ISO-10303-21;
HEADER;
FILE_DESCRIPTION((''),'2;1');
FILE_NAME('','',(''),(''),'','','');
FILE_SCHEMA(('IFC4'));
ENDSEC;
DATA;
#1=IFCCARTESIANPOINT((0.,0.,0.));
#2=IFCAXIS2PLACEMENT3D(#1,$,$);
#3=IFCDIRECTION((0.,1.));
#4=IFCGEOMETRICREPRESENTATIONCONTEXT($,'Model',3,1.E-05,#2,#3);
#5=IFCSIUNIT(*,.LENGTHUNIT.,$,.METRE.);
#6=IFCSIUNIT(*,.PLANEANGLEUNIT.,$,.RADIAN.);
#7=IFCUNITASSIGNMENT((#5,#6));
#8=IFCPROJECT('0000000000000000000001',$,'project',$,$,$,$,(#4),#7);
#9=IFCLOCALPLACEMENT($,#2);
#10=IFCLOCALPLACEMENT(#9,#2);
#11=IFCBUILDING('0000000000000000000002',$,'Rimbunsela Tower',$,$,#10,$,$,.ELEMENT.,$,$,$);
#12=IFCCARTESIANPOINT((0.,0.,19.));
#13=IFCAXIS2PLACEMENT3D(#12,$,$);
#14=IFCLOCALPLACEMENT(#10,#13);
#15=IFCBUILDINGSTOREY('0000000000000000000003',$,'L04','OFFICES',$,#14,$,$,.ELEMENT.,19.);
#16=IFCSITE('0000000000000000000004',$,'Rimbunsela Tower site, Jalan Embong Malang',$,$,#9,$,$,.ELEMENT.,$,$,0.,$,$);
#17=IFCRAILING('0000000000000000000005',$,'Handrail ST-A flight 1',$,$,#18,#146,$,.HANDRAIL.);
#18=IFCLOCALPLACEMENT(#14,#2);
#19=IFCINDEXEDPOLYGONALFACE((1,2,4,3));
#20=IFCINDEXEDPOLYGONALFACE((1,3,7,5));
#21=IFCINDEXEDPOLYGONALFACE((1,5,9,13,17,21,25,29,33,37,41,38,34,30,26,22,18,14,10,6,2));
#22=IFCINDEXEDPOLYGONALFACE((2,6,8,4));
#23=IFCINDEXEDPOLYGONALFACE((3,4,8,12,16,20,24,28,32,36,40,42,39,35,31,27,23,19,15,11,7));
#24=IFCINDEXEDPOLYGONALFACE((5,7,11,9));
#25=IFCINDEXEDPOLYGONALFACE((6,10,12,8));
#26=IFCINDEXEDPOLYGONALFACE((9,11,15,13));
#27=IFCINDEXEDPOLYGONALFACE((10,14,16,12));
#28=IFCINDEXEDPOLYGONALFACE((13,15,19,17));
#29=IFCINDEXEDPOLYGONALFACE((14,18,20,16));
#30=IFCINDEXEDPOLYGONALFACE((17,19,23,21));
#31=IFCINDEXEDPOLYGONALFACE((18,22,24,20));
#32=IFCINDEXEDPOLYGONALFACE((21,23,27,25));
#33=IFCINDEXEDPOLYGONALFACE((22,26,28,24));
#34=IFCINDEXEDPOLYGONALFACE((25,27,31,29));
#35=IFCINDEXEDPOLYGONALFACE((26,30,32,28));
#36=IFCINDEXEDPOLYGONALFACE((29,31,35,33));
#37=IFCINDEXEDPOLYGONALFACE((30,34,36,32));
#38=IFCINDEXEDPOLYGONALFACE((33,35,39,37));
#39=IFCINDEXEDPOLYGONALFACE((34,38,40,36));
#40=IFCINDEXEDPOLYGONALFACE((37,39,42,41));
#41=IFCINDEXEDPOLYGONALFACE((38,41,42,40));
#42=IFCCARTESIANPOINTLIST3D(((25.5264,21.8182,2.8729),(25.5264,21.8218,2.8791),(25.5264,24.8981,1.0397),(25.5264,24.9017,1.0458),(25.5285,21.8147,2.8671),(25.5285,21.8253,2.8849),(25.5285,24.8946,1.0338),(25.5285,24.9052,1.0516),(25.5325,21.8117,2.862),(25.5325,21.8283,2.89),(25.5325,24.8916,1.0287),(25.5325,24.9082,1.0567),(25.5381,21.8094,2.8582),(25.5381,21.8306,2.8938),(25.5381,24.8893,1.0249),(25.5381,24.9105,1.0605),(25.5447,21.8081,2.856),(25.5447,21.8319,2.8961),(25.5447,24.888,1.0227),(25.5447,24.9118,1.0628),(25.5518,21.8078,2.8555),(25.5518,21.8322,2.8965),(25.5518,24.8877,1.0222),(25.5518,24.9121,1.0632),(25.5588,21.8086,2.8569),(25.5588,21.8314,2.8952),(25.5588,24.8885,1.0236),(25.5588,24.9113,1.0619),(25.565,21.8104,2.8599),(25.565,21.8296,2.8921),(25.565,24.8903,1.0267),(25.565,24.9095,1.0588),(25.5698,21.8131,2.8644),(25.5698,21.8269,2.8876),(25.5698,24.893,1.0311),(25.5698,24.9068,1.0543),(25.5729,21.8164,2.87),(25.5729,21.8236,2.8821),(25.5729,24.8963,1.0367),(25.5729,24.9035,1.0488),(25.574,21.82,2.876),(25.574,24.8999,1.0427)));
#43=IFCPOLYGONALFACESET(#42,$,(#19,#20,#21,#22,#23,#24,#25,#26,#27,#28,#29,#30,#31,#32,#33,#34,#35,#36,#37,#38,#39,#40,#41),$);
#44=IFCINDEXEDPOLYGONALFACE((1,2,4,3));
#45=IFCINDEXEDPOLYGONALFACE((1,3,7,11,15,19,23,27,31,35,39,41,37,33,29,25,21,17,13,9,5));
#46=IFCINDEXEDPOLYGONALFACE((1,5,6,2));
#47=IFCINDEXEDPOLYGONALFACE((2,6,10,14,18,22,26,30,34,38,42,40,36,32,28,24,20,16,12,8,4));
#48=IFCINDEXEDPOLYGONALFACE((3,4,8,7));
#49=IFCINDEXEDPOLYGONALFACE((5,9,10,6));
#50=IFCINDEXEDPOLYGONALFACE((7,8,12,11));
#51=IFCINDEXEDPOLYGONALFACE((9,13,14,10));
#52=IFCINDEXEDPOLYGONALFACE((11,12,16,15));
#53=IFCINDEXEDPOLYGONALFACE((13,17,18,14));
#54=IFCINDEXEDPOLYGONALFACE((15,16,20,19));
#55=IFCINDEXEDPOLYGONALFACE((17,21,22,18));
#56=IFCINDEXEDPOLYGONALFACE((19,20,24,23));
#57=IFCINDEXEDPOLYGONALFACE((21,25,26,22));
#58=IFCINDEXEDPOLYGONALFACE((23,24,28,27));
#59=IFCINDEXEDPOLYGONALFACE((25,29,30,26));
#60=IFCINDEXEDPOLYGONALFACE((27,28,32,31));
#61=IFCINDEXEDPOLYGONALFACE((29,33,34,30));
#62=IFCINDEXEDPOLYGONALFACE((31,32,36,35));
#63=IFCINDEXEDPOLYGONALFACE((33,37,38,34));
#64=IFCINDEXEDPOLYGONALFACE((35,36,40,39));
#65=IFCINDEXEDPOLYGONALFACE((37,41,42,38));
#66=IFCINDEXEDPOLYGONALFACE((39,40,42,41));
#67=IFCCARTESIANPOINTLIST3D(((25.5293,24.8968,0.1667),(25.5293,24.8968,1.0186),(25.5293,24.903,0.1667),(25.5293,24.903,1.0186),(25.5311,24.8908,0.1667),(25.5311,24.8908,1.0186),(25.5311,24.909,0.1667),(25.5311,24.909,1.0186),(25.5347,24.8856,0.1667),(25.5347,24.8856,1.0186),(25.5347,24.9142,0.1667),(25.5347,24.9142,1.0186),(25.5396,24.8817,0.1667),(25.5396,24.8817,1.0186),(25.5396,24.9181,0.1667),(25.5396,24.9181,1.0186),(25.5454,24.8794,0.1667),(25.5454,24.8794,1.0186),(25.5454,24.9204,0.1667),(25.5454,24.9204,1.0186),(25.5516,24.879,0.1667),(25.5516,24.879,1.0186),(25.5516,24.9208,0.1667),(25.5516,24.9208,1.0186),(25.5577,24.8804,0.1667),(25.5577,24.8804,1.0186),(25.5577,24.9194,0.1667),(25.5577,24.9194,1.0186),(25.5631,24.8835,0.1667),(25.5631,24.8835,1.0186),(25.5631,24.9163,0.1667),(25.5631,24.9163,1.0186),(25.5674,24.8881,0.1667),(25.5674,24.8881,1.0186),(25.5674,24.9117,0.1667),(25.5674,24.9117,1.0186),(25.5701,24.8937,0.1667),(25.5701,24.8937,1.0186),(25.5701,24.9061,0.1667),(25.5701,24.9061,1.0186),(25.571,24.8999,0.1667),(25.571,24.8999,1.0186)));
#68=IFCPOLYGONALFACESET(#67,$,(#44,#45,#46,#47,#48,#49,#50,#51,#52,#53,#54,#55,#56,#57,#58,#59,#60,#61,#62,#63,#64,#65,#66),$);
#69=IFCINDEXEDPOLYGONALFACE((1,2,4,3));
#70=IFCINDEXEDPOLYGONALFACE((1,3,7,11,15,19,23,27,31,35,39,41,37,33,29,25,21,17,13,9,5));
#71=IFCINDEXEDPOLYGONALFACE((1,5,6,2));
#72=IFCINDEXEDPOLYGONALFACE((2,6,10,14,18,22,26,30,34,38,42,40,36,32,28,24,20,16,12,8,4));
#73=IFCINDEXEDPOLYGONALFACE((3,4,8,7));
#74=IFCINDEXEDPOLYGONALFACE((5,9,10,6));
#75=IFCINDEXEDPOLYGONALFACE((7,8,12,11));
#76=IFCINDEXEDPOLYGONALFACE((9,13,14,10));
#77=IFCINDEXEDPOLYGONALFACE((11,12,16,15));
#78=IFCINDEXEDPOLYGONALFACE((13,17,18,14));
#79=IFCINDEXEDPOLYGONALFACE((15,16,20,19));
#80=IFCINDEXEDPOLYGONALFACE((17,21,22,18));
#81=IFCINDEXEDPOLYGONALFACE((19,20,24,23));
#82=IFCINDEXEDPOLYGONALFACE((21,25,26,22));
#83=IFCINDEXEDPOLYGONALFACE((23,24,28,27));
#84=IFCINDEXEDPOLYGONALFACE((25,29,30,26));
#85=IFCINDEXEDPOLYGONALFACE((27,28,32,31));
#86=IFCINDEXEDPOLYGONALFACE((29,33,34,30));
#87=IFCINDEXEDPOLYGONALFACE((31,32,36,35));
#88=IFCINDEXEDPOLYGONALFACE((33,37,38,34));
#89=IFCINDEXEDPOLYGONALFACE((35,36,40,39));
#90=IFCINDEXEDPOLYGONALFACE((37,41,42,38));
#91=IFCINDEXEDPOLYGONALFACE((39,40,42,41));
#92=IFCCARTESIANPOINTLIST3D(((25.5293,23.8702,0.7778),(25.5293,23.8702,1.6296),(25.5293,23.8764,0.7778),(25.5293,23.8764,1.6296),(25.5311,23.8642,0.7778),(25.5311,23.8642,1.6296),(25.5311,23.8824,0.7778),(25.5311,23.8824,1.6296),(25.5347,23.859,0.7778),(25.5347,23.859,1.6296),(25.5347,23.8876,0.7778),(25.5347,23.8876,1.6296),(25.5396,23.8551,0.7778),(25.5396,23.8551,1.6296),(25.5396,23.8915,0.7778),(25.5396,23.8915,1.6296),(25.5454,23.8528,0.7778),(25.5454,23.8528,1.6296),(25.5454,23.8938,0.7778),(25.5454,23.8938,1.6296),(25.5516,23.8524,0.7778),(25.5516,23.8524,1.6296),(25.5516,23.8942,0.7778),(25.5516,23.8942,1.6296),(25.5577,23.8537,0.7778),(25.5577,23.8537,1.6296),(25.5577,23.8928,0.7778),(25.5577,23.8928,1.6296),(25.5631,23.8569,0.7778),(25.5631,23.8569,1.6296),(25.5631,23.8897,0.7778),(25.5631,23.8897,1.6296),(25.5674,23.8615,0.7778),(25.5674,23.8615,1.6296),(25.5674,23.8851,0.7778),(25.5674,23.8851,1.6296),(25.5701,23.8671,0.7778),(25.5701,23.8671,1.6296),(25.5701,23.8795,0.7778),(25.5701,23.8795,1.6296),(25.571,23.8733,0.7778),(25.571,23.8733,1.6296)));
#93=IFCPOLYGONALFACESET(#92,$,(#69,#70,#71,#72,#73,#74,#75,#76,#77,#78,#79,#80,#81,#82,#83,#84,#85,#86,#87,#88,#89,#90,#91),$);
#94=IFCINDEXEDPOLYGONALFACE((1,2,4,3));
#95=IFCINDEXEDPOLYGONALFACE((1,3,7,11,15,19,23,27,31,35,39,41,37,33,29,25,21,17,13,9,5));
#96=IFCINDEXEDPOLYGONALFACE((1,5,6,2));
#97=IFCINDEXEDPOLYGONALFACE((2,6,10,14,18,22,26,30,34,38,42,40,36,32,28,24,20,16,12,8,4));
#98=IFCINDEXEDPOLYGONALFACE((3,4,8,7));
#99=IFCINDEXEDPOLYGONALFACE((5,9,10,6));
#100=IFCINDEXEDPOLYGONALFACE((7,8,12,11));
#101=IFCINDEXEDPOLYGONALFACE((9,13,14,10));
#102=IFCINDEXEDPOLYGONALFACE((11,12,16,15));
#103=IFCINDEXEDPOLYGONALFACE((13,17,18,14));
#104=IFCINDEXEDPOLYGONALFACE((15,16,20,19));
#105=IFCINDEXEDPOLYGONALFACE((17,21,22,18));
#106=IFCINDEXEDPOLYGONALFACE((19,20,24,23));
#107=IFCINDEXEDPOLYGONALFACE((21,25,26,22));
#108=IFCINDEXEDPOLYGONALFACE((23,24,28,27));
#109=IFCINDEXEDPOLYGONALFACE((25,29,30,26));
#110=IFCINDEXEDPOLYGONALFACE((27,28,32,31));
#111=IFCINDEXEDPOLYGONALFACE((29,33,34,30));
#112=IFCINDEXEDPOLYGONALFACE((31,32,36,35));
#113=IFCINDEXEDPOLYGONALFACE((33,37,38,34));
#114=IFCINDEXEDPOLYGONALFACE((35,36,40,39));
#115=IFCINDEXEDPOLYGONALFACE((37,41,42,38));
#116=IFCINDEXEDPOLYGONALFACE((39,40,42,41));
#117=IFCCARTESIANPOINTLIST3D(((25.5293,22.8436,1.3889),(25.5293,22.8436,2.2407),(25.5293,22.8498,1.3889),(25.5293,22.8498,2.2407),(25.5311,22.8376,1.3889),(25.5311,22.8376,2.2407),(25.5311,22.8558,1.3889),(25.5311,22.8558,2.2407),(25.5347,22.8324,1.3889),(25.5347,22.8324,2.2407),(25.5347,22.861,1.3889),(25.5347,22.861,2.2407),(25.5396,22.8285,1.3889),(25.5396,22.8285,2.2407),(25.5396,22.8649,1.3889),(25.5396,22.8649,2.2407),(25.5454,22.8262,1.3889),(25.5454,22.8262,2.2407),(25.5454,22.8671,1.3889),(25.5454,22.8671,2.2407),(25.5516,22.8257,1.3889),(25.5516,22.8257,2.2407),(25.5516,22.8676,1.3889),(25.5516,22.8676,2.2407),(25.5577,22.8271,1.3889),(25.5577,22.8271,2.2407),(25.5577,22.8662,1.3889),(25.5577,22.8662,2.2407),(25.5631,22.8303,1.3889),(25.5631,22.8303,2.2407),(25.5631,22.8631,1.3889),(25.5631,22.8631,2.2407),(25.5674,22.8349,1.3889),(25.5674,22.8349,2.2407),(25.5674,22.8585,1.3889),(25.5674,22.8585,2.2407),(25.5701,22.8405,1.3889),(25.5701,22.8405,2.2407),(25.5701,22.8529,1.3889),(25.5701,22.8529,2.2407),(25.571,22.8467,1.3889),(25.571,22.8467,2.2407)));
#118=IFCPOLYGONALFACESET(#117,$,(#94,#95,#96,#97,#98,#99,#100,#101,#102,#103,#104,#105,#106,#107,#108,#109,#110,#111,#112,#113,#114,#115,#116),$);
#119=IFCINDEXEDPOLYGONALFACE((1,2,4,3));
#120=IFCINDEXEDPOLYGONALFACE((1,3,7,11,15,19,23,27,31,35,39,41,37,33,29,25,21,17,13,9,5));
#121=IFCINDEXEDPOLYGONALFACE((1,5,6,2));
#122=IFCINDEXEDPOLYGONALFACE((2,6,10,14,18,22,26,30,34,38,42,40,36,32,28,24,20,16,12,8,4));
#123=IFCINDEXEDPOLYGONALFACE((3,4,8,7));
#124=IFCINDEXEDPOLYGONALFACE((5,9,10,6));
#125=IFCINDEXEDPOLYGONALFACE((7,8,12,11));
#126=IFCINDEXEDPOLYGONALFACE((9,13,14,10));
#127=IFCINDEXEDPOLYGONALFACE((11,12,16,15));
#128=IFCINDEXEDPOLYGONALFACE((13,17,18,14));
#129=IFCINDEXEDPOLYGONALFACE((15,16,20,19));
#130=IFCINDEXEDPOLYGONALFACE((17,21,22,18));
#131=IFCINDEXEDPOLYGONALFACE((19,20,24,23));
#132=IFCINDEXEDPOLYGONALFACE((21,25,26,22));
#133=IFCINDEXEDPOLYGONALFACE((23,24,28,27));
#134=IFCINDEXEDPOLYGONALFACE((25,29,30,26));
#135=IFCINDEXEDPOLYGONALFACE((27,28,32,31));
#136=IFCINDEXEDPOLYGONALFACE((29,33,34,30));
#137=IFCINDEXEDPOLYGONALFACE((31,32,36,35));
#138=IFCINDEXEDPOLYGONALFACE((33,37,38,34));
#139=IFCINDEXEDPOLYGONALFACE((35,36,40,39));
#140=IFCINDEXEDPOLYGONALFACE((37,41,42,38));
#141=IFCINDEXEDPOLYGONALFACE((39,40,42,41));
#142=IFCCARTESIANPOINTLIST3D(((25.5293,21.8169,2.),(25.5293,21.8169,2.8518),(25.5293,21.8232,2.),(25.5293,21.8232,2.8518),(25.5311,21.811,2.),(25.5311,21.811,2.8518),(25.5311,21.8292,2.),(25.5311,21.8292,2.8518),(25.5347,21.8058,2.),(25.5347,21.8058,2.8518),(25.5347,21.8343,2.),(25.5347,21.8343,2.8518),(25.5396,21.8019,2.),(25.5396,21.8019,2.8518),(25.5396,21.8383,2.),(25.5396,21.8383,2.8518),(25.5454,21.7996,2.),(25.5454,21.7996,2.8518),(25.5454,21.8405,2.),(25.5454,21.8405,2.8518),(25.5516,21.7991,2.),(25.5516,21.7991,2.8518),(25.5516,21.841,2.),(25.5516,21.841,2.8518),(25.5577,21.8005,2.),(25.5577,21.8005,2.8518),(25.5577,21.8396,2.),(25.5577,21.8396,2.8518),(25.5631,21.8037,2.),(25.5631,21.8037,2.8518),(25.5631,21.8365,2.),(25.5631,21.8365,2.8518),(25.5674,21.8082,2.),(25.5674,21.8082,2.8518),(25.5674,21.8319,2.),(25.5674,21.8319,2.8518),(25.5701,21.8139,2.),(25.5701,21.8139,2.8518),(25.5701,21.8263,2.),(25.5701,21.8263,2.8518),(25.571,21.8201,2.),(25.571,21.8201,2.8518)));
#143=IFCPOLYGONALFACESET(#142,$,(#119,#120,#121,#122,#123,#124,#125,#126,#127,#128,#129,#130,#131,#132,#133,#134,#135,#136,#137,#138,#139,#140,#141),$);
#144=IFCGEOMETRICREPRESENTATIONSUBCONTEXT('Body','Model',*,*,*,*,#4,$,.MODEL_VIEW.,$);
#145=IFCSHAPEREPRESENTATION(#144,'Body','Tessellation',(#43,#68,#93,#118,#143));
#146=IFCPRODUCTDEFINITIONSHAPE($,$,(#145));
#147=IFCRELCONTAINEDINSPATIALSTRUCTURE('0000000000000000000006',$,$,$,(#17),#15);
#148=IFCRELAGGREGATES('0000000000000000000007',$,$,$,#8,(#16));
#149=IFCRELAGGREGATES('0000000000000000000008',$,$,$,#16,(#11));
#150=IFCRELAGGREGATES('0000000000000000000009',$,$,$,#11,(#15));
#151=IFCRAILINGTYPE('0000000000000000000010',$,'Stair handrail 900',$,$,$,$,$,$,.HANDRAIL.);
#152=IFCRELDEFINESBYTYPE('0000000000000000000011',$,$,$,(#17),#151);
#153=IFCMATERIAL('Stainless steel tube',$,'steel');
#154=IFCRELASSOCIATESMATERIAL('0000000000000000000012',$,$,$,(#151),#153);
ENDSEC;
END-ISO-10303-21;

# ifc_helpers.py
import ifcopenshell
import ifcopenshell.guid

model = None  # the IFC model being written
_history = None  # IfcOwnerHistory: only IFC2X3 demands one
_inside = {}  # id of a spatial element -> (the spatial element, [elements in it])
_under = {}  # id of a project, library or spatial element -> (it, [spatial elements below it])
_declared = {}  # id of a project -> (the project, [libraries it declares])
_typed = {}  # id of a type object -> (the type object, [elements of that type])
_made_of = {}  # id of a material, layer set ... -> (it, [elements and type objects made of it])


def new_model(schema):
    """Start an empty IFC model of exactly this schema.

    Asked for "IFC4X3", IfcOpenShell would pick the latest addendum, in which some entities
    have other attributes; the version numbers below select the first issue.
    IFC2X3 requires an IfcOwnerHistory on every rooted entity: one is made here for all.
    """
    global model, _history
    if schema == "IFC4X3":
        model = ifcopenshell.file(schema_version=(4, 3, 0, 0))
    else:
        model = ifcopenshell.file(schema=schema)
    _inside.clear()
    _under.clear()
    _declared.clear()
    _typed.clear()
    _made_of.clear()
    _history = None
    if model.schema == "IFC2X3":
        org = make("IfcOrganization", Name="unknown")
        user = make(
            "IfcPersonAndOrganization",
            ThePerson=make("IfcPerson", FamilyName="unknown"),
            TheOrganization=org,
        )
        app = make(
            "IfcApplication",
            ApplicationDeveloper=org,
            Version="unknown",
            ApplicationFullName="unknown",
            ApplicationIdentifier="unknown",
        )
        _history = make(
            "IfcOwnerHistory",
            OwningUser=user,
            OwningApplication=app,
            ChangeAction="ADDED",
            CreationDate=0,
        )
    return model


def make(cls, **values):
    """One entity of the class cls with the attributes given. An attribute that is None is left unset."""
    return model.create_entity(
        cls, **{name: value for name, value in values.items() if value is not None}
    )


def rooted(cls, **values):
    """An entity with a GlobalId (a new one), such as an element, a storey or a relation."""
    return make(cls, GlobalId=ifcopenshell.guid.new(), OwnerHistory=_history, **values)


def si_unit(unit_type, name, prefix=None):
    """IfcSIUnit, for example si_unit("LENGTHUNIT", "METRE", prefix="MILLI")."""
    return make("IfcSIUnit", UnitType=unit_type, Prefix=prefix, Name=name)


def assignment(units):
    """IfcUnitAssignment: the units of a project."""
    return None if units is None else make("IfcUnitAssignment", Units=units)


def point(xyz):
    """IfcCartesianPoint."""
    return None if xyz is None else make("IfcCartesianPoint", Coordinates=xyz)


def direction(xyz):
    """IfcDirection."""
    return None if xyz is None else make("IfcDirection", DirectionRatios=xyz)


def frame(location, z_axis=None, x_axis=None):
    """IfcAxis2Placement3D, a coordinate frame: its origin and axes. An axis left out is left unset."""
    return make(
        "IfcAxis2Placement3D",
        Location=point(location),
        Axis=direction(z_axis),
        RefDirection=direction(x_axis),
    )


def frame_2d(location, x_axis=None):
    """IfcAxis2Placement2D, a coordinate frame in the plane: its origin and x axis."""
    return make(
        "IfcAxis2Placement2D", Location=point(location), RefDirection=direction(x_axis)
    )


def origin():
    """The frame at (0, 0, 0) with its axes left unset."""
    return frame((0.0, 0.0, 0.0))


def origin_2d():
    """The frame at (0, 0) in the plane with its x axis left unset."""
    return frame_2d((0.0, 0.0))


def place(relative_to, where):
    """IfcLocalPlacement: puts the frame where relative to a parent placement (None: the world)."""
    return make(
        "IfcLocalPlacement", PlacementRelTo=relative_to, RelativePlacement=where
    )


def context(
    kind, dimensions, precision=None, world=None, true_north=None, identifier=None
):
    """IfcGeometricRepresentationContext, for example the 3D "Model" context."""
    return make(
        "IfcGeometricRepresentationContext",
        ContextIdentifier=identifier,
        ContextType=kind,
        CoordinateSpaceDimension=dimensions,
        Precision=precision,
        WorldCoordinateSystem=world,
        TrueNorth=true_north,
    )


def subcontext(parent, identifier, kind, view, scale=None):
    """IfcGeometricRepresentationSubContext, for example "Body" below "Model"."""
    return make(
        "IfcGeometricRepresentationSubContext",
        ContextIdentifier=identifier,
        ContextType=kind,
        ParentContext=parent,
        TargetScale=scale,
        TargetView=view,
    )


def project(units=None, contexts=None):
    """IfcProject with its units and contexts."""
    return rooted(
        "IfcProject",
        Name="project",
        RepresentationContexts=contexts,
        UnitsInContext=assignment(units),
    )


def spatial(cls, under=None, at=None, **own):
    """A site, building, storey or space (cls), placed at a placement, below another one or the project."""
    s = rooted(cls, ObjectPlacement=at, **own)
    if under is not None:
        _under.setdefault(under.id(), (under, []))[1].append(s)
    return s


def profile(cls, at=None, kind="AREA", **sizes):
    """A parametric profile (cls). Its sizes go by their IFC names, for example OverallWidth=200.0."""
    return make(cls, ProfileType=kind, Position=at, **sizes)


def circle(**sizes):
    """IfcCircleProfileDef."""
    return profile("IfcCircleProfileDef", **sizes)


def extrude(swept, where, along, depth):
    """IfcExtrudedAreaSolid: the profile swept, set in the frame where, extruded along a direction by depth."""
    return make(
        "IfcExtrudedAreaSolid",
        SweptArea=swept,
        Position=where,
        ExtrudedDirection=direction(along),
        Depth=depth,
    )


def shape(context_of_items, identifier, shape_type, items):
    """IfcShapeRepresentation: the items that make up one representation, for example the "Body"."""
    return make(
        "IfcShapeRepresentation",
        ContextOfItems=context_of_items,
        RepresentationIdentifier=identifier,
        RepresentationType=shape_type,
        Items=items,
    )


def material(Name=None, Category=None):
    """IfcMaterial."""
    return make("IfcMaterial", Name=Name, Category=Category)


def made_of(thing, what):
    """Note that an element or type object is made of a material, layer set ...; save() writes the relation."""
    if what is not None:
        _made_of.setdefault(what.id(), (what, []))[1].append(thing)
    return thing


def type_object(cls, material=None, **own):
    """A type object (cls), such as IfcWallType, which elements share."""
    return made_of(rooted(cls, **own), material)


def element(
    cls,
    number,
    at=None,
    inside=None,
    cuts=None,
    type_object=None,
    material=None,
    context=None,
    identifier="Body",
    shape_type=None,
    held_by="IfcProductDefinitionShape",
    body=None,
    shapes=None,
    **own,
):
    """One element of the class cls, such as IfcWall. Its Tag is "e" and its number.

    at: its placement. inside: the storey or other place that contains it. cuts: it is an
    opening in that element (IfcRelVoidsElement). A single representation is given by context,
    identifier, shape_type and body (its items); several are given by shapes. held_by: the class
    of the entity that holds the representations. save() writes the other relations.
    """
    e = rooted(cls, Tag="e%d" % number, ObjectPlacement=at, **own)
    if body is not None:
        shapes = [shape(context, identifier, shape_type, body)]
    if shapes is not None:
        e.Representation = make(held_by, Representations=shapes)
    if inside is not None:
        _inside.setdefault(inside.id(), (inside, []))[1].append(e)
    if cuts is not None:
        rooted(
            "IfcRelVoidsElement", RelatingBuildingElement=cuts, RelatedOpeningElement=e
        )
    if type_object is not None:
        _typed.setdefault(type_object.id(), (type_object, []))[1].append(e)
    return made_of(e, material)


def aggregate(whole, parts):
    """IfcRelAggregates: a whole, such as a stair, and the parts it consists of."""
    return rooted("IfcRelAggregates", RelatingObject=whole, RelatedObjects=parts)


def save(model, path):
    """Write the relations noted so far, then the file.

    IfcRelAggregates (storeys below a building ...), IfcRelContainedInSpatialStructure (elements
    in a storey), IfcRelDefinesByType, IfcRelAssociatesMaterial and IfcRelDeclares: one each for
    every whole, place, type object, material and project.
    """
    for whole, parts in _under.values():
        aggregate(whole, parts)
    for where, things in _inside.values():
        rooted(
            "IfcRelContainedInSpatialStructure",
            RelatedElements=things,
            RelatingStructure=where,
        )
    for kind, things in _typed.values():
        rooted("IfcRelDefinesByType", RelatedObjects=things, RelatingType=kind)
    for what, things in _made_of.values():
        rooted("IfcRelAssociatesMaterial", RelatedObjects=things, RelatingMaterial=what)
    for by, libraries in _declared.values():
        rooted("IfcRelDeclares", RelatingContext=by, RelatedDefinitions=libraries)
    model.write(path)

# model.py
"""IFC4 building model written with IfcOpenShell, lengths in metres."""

from ifc_helpers import new_model, si_unit, direction, frame, origin, origin_2d, place, context, subcontext, project, spatial, circle, extrude, material, type_object, element, save


model = new_model("IFC4")

# Units and contexts
model_context = context("Model", 3, precision=1e-05, world=origin(), true_north=direction((0.0, 1.0)))
body_context = subcontext(model_context, "Body", "Model", "MODEL_VIEW")
ifc_project = project(units=[si_unit("LENGTHUNIT", "METRE"), si_unit("PLANEANGLEUNIT", "RADIAN")], contexts=[model_context])

# Site, building, storey
site_placement = place(None, origin())
site = spatial("IfcSite", under=ifc_project, at=site_placement, Name="Rimbunsela Tower site, Jalan Embong Malang", CompositionType="ELEMENT", RefElevation=0.0)
building_placement = place(site_placement, origin())
building = spatial("IfcBuilding", under=site, at=building_placement, Name="Rimbunsela Tower", CompositionType="ELEMENT")
storey_placement = place(building_placement, frame((0.0, 0.0, 19.0)))
storey = spatial("IfcBuildingStorey", under=building, at=storey_placement, Name="L04", Description="OFFICES", CompositionType="ELEMENT", Elevation=19.0)

# Railing
ifc_material_1 = material(Name="Stainless steel tube", Category="steel")
railing_type = type_object("IfcRailingType", Name="Stair handrail 900", PredefinedType="HANDRAIL", material=ifc_material_1)
railing_1_placement = place(storey_placement, frame((25.55, 24.8999, 0.1667)))
element("IfcRailing", 1, at=railing_1_placement, inside=storey, type_object=railing_type, Name="Handrail ST-A flight 1", PredefinedType="HANDRAIL", context=body_context, shape_type="SweptSolid", body=[
    extrude(circle(Radius=0.0239, at=origin_2d()), frame((0.0, 0.0, 0.876), z_axis=(0.0, -0.859291, 0.511487), x_axis=(1.0, 0.0, 0.0)), (0.0, 0.0, 1.0), 3.5842),
    extrude(circle(Radius=0.021, at=origin_2d()), origin(), (0.0, 0.0, 1.0), 0.8518),
    extrude(circle(Radius=0.021, at=origin_2d()), frame((0.0, -1.0266, 0.6111)), (0.0, 0.0, 1.0), 0.8518),
    extrude(circle(Radius=0.021, at=origin_2d()), frame((0.0, -2.0532, 1.2222)), (0.0, 0.0, 1.0), 0.8518),
    extrude(circle(Radius=0.021, at=origin_2d()), frame((0.0, -3.0798, 1.8333)), (0.0, 0.0, 1.0), 0.8518),
])

save(model, "model.ifc")
